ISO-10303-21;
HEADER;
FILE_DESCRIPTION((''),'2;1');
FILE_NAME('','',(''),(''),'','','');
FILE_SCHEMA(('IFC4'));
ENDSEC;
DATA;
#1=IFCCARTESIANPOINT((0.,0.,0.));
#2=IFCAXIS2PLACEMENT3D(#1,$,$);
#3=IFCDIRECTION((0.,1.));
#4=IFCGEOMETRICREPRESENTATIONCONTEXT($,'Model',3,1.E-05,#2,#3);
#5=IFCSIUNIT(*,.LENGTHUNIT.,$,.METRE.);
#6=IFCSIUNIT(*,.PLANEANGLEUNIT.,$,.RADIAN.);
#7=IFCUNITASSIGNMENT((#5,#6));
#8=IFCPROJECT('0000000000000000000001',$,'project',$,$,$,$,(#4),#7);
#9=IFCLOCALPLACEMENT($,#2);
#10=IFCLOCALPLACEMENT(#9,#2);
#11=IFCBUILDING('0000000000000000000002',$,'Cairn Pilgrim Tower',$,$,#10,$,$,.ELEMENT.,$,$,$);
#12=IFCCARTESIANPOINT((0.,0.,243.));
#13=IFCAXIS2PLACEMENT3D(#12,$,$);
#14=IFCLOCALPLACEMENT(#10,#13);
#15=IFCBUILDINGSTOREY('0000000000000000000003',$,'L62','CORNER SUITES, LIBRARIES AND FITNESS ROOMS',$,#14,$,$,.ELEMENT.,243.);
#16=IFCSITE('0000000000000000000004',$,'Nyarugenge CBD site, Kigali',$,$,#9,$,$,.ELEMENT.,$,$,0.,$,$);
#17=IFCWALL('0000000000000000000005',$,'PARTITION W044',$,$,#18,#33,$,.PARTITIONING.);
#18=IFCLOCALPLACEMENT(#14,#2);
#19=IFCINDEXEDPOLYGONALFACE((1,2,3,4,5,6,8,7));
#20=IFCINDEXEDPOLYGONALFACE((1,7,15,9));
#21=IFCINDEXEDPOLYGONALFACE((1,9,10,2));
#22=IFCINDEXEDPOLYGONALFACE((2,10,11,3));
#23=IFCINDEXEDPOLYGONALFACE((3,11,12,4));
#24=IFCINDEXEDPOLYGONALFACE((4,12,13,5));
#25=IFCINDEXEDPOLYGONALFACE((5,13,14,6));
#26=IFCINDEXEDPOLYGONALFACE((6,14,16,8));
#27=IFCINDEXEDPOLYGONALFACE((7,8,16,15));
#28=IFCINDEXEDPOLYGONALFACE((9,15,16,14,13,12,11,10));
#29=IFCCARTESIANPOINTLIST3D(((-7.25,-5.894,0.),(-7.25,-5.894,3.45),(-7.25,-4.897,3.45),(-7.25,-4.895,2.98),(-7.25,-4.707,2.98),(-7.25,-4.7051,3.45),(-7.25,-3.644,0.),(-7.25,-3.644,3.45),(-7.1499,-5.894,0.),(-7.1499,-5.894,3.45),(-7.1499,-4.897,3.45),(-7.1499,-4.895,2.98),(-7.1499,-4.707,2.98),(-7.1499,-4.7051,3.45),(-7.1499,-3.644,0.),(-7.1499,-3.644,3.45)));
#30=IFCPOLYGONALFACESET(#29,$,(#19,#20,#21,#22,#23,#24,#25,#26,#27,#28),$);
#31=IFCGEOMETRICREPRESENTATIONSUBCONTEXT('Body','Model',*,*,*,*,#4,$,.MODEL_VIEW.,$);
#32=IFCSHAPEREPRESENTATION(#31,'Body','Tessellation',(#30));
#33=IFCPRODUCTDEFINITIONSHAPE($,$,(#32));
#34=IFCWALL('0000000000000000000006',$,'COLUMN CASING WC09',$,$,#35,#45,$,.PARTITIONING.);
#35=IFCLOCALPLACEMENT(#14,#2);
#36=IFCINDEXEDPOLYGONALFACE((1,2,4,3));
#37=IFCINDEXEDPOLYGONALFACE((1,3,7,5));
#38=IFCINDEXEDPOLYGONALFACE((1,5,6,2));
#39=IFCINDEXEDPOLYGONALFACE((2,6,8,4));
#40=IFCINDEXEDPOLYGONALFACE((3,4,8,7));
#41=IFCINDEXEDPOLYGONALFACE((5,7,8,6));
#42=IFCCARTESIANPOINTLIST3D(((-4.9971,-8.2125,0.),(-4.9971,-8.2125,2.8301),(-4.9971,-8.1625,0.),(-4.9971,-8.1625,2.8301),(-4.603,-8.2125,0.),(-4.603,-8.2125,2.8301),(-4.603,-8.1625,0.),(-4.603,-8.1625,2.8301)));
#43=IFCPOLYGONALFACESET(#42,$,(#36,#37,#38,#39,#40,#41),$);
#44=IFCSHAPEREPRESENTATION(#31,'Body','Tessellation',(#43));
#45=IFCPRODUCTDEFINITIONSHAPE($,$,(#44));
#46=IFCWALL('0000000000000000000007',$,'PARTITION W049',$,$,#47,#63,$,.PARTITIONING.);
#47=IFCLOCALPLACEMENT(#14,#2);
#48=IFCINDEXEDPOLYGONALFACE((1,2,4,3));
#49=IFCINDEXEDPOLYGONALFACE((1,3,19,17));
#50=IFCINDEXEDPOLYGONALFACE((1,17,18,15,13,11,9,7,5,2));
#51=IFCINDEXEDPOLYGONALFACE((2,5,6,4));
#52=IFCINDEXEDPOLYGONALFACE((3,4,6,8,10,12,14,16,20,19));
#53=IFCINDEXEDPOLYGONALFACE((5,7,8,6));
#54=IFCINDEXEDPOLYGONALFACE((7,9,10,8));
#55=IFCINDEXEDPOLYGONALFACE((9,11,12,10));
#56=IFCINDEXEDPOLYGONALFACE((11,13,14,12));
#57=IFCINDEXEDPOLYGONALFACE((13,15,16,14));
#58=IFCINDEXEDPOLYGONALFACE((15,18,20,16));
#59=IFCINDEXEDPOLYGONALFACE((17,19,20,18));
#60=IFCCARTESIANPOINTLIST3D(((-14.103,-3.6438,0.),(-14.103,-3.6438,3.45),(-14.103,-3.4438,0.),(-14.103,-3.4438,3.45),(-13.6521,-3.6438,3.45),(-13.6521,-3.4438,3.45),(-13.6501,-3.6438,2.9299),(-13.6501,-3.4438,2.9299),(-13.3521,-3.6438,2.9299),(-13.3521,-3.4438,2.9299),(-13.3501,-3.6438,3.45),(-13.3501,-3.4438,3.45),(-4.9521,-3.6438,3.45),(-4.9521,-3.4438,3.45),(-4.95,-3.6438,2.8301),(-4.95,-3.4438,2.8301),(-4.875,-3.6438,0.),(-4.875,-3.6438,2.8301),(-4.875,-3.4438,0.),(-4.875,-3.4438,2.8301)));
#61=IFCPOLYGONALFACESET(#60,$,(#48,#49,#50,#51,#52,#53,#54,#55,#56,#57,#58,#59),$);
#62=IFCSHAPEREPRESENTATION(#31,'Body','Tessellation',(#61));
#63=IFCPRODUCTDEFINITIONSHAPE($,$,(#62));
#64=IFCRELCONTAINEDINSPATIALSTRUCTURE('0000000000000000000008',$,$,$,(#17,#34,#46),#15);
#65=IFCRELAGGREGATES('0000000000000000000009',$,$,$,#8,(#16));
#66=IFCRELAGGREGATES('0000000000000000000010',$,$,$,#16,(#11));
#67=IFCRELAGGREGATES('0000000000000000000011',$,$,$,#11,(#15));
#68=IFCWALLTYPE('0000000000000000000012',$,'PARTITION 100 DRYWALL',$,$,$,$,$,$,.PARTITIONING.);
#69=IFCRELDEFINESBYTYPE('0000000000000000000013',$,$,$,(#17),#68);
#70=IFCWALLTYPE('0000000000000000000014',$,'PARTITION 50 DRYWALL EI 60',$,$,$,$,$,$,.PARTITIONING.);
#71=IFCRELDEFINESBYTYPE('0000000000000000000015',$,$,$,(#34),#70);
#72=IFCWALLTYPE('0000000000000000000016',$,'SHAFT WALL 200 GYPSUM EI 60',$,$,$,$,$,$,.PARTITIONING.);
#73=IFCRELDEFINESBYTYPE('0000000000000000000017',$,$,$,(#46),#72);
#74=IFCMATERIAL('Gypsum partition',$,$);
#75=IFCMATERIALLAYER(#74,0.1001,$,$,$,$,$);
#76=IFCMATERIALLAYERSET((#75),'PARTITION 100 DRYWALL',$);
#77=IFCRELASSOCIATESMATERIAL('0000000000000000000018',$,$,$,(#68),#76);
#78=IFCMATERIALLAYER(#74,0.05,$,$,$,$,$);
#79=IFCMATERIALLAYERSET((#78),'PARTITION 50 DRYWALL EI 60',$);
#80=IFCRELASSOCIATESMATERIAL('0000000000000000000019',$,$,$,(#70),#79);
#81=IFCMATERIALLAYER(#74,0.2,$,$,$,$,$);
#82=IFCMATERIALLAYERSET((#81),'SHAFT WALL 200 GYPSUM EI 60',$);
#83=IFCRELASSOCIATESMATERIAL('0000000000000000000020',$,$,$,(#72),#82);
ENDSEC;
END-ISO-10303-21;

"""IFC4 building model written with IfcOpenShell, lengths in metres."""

from ifc_helpers import new_model, si_unit, direction, frame, frame_2d, origin, place, context, subcontext, project, spatial, polyline, rectangle, outline, extrude, material, layer, layer_set, type_object, element, save


model = new_model("IFC4")

# Units and contexts
model_context = context("Model", 3, precision=1e-05, world=origin(), true_north=direction((0.0, 1.0)))
body_context = subcontext(model_context, "Body", "Model", "MODEL_VIEW")
ifc_project = project(units=[si_unit("LENGTHUNIT", "METRE"), si_unit("PLANEANGLEUNIT", "RADIAN")], contexts=[model_context])

# Site, building, storey
site_placement = place(None, origin())
site = spatial("IfcSite", under=ifc_project, at=site_placement, Name="Nyarugenge CBD site, Kigali", CompositionType="ELEMENT", RefElevation=0.0)
building_placement = place(site_placement, origin())
building = spatial("IfcBuilding", under=site, at=building_placement, Name="Cairn Pilgrim Tower", CompositionType="ELEMENT")
storey_placement = place(building_placement, frame((0.0, 0.0, 243.0)))
storey = spatial("IfcBuildingStorey", under=building, at=storey_placement, Name="L62", Description="CORNER SUITES, LIBRARIES AND FITNESS ROOMS", CompositionType="ELEMENT", Elevation=243.0)

# Shared definitions
ifc_material_1 = material(Name="Gypsum partition")
ifc_layer_1 = layer(ifc_material_1, 0.1001)
ifc_layer_set_1 = layer_set([ifc_layer_1], Name="PARTITION 100 DRYWALL")
wall_type_1 = type_object("IfcWallType", Name="PARTITION 100 DRYWALL", PredefinedType="PARTITIONING", material=ifc_layer_set_1)

# Walls
wall_1_placement = place(storey_placement, frame((-7.2, -5.894, 0.0), z_axis=(0.0, 0.0, 1.0), x_axis=(0.0, 1.0, 0.0)))
element("IfcWall", 1, at=wall_1_placement, inside=storey, type_object=wall_type_1, Name="PARTITION W044", PredefinedType="PARTITIONING", context=body_context, shape_type="SweptSolid", body=[
    extrude(outline(polyline([(0.0, 0.0), (2.25, 0.0), (2.25, 3.45), (1.189, 3.45), (1.187, 2.98), (0.999, 2.98), (0.9971, 3.45), (0.0, 3.45), (0.0, 0.0)])), frame((0.0, 0.05, 0.0), z_axis=(0.0, -1.0, 0.0), x_axis=(1.0, 0.0, 0.0)), (0.0, 0.0, 1.0), 0.1001),
])
ifc_layer_2 = layer(ifc_material_1, 0.05)
ifc_layer_set_2 = layer_set([ifc_layer_2], Name="PARTITION 50 DRYWALL EI 60")
wall_type_2 = type_object("IfcWallType", Name="PARTITION 50 DRYWALL EI 60", PredefinedType="PARTITIONING", material=ifc_layer_set_2)
wall_2_placement = place(storey_placement, frame((-4.9971, -8.1875, 0.0), z_axis=(0.0, 0.0, 1.0), x_axis=(1.0, 0.0, 0.0)))
element("IfcWall", 2, at=wall_2_placement, inside=storey, type_object=wall_type_2, Name="COLUMN CASING WC09", PredefinedType="PARTITIONING", context=body_context, shape_type="SweptSolid", body=[
    extrude(rectangle(XDim=0.394, YDim=0.05, at=frame_2d((0.197, 0.0))), origin(), (0.0, 0.0, 1.0), 2.8301),
])
ifc_layer_3 = layer(ifc_material_1, 0.2)
ifc_layer_set_3 = layer_set([ifc_layer_3], Name="SHAFT WALL 200 GYPSUM EI 60")
wall_type_3 = type_object("IfcWallType", Name="SHAFT WALL 200 GYPSUM EI 60", PredefinedType="PARTITIONING", material=ifc_layer_set_3)
wall_3_placement = place(storey_placement, frame((-14.103, -3.5439, 0.0), z_axis=(0.0, 0.0, 1.0), x_axis=(1.0, 0.0, 0.0)))
element("IfcWall", 3, at=wall_3_placement, inside=storey, type_object=wall_type_3, Name="PARTITION W049", PredefinedType="PARTITIONING", context=body_context, shape_type="SweptSolid", body=[
    extrude(outline(polyline([(0.0, 0.0), (9.228, 0.0), (9.228, 2.8301), (9.1531, 2.8301), (9.1509, 3.45), (0.7529, 3.45), (0.751, 2.9299), (0.4529, 2.9299), (0.4509, 3.45), (0.0, 3.45), (0.0, 0.0)])), frame((0.0, 0.1001, 0.0), z_axis=(0.0, -1.0, 0.0), x_axis=(1.0, 0.0, 0.0)), (0.0, 0.0, 1.0), 0.2),
])

save(model, "model.ifc")
